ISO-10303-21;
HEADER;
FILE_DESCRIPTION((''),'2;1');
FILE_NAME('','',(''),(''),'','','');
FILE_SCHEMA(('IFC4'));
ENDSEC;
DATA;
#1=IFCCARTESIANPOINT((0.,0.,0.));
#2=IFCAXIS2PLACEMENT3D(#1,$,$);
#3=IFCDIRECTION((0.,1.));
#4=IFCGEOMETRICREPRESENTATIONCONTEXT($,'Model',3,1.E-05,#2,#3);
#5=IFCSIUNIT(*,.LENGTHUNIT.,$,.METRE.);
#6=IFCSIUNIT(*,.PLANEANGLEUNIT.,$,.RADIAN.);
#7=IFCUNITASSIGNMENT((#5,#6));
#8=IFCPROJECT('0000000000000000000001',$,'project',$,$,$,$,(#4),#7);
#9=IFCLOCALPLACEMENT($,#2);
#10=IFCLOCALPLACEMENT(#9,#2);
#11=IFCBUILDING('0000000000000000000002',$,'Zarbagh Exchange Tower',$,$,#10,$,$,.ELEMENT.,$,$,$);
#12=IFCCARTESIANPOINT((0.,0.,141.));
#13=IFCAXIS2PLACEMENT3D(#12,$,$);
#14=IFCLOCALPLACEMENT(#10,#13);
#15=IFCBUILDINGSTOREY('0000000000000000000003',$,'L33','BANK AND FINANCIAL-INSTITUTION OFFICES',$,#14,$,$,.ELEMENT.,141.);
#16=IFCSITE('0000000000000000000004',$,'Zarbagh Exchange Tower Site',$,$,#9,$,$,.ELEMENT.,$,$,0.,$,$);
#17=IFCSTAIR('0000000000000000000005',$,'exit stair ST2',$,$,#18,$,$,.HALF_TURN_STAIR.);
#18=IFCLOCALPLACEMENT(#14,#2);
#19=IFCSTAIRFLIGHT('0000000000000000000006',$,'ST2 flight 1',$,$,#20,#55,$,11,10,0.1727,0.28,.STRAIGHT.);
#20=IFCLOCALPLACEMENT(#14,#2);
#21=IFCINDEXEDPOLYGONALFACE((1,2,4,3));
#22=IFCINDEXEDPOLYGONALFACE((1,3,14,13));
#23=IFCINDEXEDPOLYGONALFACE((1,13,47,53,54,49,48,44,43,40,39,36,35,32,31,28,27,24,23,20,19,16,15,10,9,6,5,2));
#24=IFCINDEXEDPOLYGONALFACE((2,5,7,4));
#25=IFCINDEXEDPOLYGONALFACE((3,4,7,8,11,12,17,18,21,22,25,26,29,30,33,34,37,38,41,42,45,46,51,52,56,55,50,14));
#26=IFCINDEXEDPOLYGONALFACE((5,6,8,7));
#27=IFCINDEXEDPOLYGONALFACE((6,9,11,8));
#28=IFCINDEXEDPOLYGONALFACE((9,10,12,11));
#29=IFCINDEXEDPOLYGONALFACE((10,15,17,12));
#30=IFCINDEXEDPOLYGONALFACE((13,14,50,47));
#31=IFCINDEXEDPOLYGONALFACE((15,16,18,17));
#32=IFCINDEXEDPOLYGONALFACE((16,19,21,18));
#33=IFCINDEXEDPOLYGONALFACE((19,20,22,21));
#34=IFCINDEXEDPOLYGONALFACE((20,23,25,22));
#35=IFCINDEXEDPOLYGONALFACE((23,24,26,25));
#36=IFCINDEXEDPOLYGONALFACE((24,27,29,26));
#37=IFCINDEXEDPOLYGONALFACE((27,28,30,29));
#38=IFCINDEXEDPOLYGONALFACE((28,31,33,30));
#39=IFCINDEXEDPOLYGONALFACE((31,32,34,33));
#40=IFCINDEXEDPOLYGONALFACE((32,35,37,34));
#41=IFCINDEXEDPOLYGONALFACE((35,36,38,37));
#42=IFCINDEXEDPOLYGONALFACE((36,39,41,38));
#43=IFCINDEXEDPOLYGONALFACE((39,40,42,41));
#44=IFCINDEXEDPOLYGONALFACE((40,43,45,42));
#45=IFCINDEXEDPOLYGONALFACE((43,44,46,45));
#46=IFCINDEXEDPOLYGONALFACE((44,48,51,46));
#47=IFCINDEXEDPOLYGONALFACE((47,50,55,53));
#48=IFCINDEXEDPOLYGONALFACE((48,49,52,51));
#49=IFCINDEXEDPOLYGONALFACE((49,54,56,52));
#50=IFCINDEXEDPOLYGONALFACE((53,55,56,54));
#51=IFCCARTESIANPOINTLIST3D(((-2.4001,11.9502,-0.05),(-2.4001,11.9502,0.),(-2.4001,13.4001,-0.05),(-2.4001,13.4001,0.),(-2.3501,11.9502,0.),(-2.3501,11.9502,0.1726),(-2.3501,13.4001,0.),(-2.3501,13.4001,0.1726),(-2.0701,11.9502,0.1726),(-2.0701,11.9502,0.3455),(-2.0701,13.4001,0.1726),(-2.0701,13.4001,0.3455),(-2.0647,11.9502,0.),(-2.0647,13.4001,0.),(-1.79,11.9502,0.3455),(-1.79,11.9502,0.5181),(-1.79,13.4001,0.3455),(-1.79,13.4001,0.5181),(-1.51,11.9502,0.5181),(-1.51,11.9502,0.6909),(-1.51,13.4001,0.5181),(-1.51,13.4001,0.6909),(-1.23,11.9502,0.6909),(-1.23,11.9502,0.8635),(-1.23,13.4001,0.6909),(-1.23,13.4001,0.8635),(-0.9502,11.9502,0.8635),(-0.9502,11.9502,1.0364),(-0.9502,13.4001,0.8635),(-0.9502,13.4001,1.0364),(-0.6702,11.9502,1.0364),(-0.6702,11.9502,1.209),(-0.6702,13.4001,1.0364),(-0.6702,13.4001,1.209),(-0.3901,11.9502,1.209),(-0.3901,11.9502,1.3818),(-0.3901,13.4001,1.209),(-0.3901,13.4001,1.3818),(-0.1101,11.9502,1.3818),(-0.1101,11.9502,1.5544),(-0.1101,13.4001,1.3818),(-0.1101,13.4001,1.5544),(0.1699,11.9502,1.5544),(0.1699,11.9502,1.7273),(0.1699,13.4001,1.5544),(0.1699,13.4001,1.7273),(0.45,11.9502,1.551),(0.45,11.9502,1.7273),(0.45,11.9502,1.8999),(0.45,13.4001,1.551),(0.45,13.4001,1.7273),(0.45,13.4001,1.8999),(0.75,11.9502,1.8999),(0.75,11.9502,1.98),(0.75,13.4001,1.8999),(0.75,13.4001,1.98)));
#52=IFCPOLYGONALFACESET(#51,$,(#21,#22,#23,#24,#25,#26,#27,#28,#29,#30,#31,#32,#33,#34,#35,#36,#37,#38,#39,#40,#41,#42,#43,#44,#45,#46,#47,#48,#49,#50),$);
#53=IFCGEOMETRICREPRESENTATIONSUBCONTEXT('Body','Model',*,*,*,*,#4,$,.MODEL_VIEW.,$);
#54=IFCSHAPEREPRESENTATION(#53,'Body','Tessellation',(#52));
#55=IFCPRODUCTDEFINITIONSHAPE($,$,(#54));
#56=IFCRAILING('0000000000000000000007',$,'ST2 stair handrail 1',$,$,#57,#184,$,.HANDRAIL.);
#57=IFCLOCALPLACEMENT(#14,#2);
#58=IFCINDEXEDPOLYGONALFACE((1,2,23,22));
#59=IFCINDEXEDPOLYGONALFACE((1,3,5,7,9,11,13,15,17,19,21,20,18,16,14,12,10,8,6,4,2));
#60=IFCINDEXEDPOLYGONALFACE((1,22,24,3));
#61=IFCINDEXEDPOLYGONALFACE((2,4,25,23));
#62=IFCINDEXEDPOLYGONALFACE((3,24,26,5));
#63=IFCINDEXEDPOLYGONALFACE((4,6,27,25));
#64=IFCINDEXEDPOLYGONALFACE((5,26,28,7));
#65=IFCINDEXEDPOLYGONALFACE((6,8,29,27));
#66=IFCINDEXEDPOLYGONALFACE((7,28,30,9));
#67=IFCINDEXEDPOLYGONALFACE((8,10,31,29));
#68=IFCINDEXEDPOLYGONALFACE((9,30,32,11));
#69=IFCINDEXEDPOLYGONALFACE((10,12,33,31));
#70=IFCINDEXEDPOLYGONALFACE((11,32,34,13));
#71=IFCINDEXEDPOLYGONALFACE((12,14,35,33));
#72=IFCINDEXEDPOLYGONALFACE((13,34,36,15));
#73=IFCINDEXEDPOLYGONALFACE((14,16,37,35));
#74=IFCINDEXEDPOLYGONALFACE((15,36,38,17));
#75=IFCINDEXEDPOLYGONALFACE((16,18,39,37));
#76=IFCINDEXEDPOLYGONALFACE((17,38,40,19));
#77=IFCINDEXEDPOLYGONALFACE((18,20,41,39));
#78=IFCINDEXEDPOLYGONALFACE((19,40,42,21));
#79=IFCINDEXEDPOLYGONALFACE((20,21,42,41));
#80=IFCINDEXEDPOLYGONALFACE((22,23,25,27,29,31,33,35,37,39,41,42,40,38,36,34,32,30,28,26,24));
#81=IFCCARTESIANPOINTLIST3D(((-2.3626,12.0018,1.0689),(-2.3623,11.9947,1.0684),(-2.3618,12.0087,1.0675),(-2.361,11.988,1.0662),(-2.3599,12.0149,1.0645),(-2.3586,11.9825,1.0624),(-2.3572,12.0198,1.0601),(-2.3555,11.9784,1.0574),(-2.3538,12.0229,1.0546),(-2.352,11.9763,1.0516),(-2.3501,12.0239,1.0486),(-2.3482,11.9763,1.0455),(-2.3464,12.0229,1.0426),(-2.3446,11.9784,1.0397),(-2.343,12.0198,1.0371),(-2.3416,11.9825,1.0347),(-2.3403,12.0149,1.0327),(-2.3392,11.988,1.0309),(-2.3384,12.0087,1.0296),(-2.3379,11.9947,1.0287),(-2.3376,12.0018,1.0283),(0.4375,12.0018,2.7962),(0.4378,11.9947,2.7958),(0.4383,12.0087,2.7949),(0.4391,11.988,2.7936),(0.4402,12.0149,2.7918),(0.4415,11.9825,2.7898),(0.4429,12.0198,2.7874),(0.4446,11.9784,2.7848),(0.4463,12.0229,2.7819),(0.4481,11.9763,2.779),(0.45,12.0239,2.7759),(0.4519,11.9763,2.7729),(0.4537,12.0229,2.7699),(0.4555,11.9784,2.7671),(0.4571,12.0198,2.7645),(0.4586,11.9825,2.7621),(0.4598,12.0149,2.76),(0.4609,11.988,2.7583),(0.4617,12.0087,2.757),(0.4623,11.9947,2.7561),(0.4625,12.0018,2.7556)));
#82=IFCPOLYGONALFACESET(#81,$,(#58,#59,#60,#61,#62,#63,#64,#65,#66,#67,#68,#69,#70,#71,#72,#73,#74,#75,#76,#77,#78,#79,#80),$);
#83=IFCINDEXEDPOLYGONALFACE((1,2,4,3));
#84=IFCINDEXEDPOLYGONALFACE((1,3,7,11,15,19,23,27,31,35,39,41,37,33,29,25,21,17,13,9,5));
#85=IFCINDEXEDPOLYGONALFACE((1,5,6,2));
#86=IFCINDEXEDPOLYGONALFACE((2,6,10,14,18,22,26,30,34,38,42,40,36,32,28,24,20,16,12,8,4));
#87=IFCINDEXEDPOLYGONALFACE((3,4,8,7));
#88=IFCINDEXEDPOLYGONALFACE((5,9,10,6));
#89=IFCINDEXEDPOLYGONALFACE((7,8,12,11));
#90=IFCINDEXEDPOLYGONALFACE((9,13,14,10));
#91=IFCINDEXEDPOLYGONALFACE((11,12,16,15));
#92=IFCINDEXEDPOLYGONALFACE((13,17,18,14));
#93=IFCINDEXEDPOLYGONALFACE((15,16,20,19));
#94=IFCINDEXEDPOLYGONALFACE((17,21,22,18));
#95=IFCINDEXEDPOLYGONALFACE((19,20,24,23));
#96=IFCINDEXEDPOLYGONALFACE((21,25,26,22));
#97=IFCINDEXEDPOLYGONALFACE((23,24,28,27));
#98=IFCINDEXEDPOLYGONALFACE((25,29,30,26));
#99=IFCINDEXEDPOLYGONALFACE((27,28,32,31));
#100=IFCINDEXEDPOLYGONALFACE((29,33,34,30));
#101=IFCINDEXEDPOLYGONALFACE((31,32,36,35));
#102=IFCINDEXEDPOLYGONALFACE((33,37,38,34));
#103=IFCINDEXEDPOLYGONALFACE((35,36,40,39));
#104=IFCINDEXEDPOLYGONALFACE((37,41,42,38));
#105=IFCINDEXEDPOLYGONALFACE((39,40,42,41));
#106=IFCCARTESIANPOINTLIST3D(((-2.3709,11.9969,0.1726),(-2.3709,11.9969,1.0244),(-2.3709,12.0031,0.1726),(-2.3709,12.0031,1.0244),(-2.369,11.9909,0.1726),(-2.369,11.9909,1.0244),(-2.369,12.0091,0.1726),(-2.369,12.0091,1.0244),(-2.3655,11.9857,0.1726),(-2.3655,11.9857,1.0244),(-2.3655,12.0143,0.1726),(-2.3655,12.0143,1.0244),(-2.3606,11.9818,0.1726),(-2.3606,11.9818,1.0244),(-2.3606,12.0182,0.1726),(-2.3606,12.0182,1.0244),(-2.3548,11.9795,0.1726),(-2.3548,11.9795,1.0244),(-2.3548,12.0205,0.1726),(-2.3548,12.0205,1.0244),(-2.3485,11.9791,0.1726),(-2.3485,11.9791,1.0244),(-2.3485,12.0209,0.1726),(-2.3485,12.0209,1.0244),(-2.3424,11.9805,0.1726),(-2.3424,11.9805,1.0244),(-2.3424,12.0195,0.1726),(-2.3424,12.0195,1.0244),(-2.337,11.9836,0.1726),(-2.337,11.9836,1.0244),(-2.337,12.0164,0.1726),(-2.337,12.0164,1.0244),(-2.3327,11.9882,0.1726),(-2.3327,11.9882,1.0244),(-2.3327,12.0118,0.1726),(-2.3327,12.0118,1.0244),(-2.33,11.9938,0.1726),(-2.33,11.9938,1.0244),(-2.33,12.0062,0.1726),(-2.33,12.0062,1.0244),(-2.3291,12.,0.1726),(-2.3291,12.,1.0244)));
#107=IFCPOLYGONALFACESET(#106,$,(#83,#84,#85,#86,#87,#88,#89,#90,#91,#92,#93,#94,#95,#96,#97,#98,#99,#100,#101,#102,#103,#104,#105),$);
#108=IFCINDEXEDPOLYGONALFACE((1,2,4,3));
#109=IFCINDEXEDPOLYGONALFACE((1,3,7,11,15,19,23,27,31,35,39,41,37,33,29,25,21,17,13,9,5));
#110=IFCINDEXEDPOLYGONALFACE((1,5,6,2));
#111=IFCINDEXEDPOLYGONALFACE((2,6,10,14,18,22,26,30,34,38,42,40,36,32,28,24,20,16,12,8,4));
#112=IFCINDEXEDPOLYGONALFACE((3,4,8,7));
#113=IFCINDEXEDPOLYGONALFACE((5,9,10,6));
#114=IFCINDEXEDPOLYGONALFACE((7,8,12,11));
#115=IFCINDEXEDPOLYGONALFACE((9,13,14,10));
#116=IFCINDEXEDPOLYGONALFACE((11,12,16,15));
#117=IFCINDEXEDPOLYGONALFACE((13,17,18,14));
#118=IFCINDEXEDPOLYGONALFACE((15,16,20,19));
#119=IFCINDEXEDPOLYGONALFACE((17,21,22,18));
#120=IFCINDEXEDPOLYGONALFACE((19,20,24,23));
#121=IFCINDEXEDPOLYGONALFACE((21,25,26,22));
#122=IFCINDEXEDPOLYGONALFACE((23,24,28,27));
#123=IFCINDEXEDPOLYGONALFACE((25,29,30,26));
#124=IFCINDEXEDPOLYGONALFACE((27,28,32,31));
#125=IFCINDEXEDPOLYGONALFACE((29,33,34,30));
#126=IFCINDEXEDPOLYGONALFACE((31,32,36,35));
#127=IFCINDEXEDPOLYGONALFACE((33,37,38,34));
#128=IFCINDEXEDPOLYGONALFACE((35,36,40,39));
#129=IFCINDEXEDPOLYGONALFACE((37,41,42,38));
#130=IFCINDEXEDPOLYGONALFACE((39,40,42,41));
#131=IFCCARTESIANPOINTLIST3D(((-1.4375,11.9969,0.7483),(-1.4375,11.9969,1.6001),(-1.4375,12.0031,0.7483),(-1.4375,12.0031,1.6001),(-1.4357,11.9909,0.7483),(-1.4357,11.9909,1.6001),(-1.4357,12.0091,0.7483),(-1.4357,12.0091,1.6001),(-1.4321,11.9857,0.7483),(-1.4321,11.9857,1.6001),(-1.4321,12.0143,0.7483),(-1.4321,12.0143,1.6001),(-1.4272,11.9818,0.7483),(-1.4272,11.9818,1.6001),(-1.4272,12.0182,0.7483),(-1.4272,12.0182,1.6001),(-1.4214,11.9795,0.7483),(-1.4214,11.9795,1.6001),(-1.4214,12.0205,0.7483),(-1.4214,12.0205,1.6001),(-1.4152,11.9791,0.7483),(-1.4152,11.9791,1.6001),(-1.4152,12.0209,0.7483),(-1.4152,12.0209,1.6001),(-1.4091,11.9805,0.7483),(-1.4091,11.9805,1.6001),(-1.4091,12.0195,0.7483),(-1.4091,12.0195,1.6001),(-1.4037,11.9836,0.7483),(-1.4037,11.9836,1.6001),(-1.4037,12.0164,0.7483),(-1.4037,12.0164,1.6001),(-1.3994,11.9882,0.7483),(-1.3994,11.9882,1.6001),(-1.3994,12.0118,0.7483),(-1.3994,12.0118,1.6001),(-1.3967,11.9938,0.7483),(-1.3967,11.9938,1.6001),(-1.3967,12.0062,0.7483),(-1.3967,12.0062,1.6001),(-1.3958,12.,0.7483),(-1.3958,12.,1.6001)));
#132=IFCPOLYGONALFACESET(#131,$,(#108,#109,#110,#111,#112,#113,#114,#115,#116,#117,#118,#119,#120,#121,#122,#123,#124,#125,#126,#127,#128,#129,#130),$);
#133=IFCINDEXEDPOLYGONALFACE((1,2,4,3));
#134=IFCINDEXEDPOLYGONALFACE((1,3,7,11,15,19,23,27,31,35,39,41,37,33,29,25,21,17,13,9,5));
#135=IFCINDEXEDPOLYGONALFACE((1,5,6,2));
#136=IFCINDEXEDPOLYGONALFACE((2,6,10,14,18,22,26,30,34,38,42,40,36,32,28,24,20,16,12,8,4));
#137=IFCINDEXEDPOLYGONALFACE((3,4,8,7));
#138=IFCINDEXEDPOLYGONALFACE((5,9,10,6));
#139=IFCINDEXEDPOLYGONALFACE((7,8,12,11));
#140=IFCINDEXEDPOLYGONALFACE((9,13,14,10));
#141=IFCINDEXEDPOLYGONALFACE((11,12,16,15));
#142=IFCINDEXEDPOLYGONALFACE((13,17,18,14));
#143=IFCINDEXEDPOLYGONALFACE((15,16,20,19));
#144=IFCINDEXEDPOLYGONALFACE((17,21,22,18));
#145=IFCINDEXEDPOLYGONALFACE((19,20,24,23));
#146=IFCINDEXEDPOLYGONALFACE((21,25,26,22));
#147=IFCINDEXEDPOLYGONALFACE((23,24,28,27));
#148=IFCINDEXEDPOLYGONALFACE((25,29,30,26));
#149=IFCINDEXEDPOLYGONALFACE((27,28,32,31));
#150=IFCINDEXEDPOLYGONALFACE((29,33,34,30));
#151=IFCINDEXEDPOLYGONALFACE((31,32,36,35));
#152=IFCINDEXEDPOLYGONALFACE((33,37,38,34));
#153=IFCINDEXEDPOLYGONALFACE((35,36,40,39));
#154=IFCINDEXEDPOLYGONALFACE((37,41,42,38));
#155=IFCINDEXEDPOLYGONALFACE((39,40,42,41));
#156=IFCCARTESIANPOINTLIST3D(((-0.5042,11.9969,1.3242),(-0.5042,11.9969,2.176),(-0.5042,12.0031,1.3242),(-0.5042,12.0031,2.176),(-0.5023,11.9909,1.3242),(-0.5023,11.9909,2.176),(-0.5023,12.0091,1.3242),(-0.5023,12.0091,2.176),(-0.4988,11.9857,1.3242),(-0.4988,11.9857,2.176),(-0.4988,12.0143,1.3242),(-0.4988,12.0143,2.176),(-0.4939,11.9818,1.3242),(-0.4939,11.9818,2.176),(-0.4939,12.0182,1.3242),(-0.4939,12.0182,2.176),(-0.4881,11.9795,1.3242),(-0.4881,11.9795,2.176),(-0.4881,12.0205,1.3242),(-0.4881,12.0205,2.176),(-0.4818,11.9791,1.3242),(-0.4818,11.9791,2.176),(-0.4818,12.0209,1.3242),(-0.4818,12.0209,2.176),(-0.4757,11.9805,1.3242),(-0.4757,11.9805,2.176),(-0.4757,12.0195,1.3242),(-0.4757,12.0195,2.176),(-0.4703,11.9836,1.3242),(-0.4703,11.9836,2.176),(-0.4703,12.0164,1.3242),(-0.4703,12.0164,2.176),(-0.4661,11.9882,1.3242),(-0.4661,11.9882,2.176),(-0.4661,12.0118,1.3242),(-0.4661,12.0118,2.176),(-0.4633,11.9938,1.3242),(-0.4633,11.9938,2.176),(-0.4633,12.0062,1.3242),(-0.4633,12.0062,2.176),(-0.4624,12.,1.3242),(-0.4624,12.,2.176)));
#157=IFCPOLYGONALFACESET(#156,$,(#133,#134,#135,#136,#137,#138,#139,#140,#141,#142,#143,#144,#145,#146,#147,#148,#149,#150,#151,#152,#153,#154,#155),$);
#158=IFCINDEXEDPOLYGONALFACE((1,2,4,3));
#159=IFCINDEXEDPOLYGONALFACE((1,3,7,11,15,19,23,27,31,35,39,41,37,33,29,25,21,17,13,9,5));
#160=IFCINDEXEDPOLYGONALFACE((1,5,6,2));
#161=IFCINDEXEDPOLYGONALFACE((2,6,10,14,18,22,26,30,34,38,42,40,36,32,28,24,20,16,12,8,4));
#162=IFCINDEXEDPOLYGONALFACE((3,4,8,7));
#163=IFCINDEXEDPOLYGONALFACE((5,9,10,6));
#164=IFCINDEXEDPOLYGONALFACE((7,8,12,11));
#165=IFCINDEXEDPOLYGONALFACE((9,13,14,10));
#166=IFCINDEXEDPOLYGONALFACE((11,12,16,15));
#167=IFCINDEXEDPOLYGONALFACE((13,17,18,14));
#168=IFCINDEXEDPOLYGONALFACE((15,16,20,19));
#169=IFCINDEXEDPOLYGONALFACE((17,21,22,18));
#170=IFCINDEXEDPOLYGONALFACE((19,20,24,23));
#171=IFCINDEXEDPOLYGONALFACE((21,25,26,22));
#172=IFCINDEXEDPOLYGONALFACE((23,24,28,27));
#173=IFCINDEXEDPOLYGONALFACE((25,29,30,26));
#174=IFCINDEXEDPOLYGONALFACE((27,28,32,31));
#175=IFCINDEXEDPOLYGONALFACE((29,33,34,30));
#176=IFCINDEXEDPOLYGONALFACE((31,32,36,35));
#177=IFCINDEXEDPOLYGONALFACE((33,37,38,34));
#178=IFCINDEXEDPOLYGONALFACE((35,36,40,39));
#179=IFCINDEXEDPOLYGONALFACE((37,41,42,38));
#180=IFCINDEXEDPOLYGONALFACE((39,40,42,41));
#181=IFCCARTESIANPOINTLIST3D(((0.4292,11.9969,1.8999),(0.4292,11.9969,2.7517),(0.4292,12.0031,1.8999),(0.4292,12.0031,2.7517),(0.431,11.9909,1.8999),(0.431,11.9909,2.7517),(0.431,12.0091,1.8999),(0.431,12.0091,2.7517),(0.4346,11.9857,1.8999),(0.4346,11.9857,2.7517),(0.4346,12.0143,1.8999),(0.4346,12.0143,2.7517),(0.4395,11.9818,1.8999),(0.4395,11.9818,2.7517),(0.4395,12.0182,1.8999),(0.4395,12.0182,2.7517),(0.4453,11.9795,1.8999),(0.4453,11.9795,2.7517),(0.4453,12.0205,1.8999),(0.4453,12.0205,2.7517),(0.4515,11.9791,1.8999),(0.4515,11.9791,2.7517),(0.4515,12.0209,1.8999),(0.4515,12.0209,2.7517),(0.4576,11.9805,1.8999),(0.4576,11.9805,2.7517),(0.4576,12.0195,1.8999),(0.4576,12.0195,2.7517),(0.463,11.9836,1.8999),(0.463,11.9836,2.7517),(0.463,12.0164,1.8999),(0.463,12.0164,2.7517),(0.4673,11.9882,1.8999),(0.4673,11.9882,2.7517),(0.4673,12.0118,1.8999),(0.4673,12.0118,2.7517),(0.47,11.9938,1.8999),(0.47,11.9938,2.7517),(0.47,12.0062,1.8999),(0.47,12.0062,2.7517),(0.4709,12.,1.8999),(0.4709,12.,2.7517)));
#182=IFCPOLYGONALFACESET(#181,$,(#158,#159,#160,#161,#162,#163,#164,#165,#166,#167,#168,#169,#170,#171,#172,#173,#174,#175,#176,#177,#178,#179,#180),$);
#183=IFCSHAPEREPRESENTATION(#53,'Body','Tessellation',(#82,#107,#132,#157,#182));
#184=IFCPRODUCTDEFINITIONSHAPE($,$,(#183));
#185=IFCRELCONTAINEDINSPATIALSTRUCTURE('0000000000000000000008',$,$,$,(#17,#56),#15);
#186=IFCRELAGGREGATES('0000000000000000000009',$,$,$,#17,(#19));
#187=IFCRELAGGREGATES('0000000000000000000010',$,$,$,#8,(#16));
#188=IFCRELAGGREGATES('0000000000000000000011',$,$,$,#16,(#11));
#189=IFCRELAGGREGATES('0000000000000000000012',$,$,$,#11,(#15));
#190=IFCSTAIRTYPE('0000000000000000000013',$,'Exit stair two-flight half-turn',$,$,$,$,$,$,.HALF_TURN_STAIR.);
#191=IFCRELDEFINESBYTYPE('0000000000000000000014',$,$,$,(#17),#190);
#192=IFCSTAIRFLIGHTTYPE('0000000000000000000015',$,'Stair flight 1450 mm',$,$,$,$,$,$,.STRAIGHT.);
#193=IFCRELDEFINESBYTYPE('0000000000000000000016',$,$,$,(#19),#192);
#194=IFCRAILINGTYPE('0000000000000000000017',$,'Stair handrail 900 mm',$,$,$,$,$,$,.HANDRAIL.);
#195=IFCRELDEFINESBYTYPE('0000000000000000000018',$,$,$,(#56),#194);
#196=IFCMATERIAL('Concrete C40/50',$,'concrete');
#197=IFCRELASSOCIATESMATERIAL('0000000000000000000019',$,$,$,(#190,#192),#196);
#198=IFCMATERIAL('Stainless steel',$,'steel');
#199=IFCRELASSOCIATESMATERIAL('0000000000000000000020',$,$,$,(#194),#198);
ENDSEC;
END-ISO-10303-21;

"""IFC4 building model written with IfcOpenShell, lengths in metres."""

from ifc_helpers import new_model, si_unit, direction, frame, origin, origin_2d, place, context, subcontext, project, spatial, polyline, circle, outline, extrude, material, type_object, element, aggregate, save


model = new_model("IFC4")

# Units and contexts
model_context = context("Model", 3, precision=1e-05, world=origin(), true_north=direction((0.0, 1.0)))
body_context = subcontext(model_context, "Body", "Model", "MODEL_VIEW")
ifc_project = project(units=[si_unit("LENGTHUNIT", "METRE"), si_unit("PLANEANGLEUNIT", "RADIAN")], contexts=[model_context])

# Site, building, storey
site_placement = place(None, origin())
site = spatial("IfcSite", under=ifc_project, at=site_placement, Name="Zarbagh Exchange Tower Site", CompositionType="ELEMENT", RefElevation=0.0)
building_placement = place(site_placement, origin())
building = spatial("IfcBuilding", under=site, at=building_placement, Name="Zarbagh Exchange Tower", CompositionType="ELEMENT")
storey_placement = place(building_placement, frame((0.0, 0.0, 141.0)))
storey = spatial("IfcBuildingStorey", under=building, at=storey_placement, Name="L33", Description="BANK AND FINANCIAL-INSTITUTION OFFICES", CompositionType="ELEMENT", Elevation=141.0)

# Shared definitions
ifc_material_1 = material(Name="Concrete C40/50", Category="concrete")

# Stair, stair flight
stair_type = type_object("IfcStairType", Name="Exit stair two-flight half-turn", PredefinedType="HALF_TURN_STAIR", material=ifc_material_1)
stair_placement = place(storey_placement, origin())
stair = element("IfcStair", 1, at=stair_placement, inside=storey, type_object=stair_type, Name="exit stair ST2", PredefinedType="HALF_TURN_STAIR")
stair_flight_type = type_object("IfcStairFlightType", Name="Stair flight 1450 mm", PredefinedType="STRAIGHT", material=ifc_material_1)
stair_flight_placement = place(storey_placement, frame((-2.3501, 12.675, 0.0), z_axis=(0.0, 0.0, 1.0), x_axis=(1.0, 0.0, 0.0)))
stair_flight = element("IfcStairFlight", 2, at=stair_flight_placement, type_object=stair_flight_type, Name="ST2 flight 1", NumberOfRisers=11, NumberOfTreads=10, PredefinedType="STRAIGHT", RiserHeight=0.1727, TreadLength=0.28, context=body_context, shape_type="SweptSolid", body=[
    extrude(outline(polyline([(-0.05, -0.05), (-0.05, 0.0), (0.0, 0.0), (0.0, 0.1726), (0.28, 0.1726), (0.28, 0.3455), (0.5601, 0.3455), (0.5601, 0.5181), (0.8401, 0.5181), (0.8401, 0.6909), (1.1201, 0.6909), (1.1201, 0.8635), (1.3999, 0.8635), (1.3999, 1.0364), (1.6799, 1.0364), (1.6799, 1.209), (1.96, 1.209), (1.96, 1.3818), (2.24, 1.3818), (2.24, 1.5544), (2.52, 1.5544), (2.52, 1.7273), (2.8, 1.7273), (2.8, 1.8999), (3.1001, 1.98), (3.1001, 1.8999), (2.8, 1.551), (0.2854, 0.0), (-0.05, -0.05)])), frame((0.0, 0.7251, 0.0), z_axis=(0.0, -1.0, 0.0), x_axis=(1.0, 0.0, 0.0)), (0.0, 0.0, 1.0), 1.45),
])
aggregate(stair, [stair_flight])

# Railing
ifc_material_2 = material(Name="Stainless steel", Category="steel")
railing_type = type_object("IfcRailingType", Name="Stair handrail 900 mm", PredefinedType="HANDRAIL", material=ifc_material_2)
railing_placement = place(storey_placement, frame((-2.3501, 12.0, 0.1726)))
element("IfcRailing", 3, at=railing_placement, inside=storey, type_object=railing_type, Name="ST2 stair handrail 1", PredefinedType="HANDRAIL", context=body_context, shape_type="SweptSolid", body=[
    extrude(circle(Radius=0.0239, at=origin_2d()), frame((0.0, 0.0, 0.876), z_axis=(0.85109, 0.0, 0.52502), x_axis=(0.0, 1.0, 0.0)), (0.0, 0.0, 1.0), 3.29),
    extrude(circle(Radius=0.021, at=origin_2d()), origin(), (0.0, 0.0, 1.0), 0.8518),
    extrude(circle(Radius=0.021, at=origin_2d()), frame((0.9333, 0.0, 0.5757)), (0.0, 0.0, 1.0), 0.8518),
    extrude(circle(Radius=0.021, at=origin_2d()), frame((1.8667, 0.0, 1.1516)), (0.0, 0.0, 1.0), 0.8518),
    extrude(circle(Radius=0.021, at=origin_2d()), frame((2.8, 0.0, 1.7273)), (0.0, 0.0, 1.0), 0.8518),
])

save(model, "model.ifc")
